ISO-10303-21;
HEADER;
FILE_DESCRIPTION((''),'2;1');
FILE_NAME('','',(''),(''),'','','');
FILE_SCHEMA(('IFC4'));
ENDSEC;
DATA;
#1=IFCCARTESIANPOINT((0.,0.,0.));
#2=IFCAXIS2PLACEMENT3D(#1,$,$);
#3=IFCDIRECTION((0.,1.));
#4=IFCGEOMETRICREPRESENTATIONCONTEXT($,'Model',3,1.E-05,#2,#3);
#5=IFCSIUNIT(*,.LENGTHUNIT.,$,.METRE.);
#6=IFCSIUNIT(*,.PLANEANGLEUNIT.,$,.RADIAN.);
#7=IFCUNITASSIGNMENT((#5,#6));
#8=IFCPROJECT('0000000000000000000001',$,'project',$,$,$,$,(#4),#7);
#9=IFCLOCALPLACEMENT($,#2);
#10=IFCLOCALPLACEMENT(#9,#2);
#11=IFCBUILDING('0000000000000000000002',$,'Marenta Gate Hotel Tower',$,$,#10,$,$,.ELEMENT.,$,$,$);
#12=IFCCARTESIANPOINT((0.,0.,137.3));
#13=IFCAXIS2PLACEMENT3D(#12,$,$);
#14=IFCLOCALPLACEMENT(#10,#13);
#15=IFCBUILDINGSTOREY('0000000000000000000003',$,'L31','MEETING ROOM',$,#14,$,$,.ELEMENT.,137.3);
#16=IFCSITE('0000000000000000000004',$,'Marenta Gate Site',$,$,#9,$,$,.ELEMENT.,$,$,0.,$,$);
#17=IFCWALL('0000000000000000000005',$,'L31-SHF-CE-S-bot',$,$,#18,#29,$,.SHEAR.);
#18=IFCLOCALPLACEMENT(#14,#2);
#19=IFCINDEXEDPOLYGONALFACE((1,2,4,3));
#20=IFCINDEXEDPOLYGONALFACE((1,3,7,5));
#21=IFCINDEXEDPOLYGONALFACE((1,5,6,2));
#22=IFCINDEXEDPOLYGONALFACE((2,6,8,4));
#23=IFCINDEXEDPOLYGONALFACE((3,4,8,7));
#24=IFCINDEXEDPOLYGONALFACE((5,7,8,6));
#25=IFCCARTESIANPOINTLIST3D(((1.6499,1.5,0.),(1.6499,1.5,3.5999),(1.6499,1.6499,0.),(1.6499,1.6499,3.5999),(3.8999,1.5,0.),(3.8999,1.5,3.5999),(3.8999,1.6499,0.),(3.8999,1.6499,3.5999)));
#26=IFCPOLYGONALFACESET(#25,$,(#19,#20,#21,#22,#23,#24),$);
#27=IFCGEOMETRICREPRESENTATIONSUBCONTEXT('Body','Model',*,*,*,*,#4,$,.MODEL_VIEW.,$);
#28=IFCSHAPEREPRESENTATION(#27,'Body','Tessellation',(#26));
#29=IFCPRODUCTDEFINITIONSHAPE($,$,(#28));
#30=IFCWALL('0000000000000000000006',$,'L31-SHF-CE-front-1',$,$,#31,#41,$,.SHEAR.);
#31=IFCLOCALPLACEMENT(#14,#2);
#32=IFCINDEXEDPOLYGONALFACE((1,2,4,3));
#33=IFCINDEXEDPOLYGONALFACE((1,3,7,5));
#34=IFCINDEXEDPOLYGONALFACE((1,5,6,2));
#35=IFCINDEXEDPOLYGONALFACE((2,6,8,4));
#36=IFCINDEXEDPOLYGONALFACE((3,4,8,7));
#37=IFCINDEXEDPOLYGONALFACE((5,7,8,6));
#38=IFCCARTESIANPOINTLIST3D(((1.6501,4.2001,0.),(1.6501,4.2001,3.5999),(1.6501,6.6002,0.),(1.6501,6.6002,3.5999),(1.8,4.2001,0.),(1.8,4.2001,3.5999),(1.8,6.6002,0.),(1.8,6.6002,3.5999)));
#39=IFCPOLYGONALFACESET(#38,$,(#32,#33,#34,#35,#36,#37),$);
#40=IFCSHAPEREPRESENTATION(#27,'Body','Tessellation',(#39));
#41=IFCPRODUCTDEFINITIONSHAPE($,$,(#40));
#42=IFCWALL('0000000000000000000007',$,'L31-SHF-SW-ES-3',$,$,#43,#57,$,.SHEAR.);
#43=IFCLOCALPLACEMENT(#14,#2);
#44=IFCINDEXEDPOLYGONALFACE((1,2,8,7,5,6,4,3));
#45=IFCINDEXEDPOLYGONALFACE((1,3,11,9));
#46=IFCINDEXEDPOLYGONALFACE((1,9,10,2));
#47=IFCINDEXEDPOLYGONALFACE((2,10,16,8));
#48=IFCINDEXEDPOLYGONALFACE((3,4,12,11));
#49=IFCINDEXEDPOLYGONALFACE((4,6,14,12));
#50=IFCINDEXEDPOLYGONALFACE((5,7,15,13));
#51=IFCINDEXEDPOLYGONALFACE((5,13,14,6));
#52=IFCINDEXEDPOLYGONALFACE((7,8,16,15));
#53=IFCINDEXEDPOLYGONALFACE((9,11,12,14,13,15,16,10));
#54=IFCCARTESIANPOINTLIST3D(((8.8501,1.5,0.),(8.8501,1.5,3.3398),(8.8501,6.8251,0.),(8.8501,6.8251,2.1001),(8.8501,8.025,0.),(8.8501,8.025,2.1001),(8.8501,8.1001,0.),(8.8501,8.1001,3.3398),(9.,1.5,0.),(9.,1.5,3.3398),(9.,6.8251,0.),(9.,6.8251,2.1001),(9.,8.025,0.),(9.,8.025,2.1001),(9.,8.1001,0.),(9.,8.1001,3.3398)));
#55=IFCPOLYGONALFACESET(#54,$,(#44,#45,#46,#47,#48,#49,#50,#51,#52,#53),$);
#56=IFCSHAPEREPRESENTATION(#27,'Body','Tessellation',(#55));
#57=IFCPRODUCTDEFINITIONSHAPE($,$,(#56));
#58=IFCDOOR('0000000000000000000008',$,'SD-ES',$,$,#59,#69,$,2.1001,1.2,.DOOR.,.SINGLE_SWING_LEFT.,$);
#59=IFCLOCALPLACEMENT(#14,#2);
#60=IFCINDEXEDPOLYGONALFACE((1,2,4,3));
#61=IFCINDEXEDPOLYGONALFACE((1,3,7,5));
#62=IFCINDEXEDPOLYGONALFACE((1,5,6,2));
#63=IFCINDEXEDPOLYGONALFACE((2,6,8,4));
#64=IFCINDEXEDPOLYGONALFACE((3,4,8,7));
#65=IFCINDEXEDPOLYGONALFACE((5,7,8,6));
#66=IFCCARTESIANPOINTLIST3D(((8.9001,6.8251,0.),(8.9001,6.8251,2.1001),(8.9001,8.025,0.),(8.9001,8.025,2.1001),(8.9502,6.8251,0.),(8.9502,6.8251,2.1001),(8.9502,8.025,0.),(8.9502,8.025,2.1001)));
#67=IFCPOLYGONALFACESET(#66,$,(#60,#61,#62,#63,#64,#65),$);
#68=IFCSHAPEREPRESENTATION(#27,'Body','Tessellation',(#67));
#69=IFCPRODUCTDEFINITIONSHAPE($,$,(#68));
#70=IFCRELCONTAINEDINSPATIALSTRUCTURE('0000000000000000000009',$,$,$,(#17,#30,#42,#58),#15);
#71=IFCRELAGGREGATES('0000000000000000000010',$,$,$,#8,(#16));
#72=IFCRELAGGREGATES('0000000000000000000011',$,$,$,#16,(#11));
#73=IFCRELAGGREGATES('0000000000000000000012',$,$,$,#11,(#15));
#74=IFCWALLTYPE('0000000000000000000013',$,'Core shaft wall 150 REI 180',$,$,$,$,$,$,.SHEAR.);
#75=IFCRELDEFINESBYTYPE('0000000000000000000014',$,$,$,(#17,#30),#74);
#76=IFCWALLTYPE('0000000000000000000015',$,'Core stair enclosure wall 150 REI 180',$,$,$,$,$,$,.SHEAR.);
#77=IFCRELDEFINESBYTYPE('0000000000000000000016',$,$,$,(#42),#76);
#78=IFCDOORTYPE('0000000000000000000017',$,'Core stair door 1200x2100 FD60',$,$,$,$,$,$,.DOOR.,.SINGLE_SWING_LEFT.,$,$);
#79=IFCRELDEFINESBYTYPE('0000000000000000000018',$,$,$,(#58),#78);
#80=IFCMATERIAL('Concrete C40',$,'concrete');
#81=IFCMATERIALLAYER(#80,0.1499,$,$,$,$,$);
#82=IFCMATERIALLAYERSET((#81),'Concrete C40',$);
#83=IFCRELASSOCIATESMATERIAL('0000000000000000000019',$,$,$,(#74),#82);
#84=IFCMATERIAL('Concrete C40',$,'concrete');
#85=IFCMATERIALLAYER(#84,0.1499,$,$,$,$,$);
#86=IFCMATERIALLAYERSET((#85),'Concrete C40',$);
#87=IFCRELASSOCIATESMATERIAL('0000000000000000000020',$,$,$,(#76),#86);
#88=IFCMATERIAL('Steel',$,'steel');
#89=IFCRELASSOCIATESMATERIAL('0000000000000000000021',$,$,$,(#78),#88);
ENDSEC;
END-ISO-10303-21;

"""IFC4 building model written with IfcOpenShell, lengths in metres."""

from ifc_helpers import new_model, si_unit, direction, frame, frame_2d, origin, place, context, subcontext, project, spatial, rectangle, extrude, material, layer, layer_set, type_object, element, fill, save


model = new_model("IFC4")

# Units and contexts
model_context = context("Model", 3, precision=1e-05, world=origin(), true_north=direction((0.0, 1.0)))
body_context = subcontext(model_context, "Body", "Model", "MODEL_VIEW")
ifc_project = project(units=[si_unit("LENGTHUNIT", "METRE"), si_unit("PLANEANGLEUNIT", "RADIAN")], contexts=[model_context])

# Site, building, storey
site_placement = place(None, origin())
site = spatial("IfcSite", under=ifc_project, at=site_placement, Name="Marenta Gate Site", CompositionType="ELEMENT", RefElevation=0.0)
building_placement = place(site_placement, origin())
building = spatial("IfcBuilding", under=site, at=building_placement, Name="Marenta Gate Hotel Tower", CompositionType="ELEMENT")
storey_placement = place(building_placement, frame((0.0, 0.0, 137.3)))
storey = spatial("IfcBuildingStorey", under=building, at=storey_placement, Name="L31", Description="MEETING ROOM", CompositionType="ELEMENT", Elevation=137.3)

# Shared definitions
ifc_material_1 = material(Name="Concrete C40", Category="concrete")
ifc_layer_1 = layer(ifc_material_1, 0.1499)
ifc_layer_set_1 = layer_set([ifc_layer_1], Name="Concrete C40")
wall_type_1 = type_object("IfcWallType", Name="Core shaft wall 150 REI 180", PredefinedType="SHEAR", material=ifc_layer_set_1)

# Walls
wall_1_placement = place(storey_placement, frame((1.6499, 1.575, 0.0), z_axis=(0.0, 0.0, 1.0), x_axis=(1.0, 0.0, 0.0)))
element("IfcWall", 1, at=wall_1_placement, inside=storey, type_object=wall_type_1, Name="L31-SHF-CE-S-bot", PredefinedType="SHEAR", context=body_context, shape_type="SweptSolid", body=[
    extrude(rectangle(XDim=2.25, YDim=0.1499, at=frame_2d((1.125, 0.0))), origin(), (0.0, 0.0, 1.0), 3.5999),
])
wall_2_placement = place(storey_placement, frame((1.7251, 4.2, 0.0), z_axis=(0.0, 0.0, 1.0), x_axis=(0.0, 1.0, 0.0)))
element("IfcWall", 2, at=wall_2_placement, inside=storey, type_object=wall_type_1, Name="L31-SHF-CE-front-1", PredefinedType="SHEAR", context=body_context, shape_type="SweptSolid", body=[
    extrude(rectangle(XDim=2.4001, YDim=0.1499, at=frame_2d((1.2002, 0.0))), origin(), (0.0, 0.0, 1.0), 3.5999),
])

# Wall, opening, door
ifc_material_2 = material(Name="Concrete C40", Category="concrete")
ifc_layer_2 = layer(ifc_material_2, 0.1499)
ifc_layer_set_2 = layer_set([ifc_layer_2], Name="Concrete C40")
wall_type_2 = type_object("IfcWallType", Name="Core stair enclosure wall 150 REI 180", PredefinedType="SHEAR", material=ifc_layer_set_2)
wall_3_placement = place(storey_placement, frame((8.925, 1.5, 0.0), z_axis=(0.0, 0.0, 1.0), x_axis=(0.0, 1.0, 0.0)))
wall_3 = element("IfcWall", 3, at=wall_3_placement, inside=storey, type_object=wall_type_2, Name="L31-SHF-SW-ES-3", PredefinedType="SHEAR", context=body_context, shape_type="SweptSolid", body=[
    extrude(rectangle(XDim=6.6001, YDim=0.1499, at=frame_2d((3.3, 0.0))), origin(), (0.0, 0.0, 1.0), 3.3398),
])
opening_1_placement = place(wall_3_placement, frame((5.325, 0.0, 0.0)))
opening_1 = element("IfcOpeningElement", 4, at=opening_1_placement, cuts=wall_3, PredefinedType="OPENING", context=body_context, shape_type="SweptSolid", body=[
    extrude(rectangle(XDim=1.2, YDim=2.1001, at=frame_2d((0.6001, 1.05))), frame((0.0, 0.075, 0.0), z_axis=(0.0, -1.0, 0.0), x_axis=(1.0, 0.0, 0.0)), (0.0, 0.0, 1.0), 0.1499),
])
ifc_material_3 = material(Name="Steel", Category="steel")
door_type_1 = type_object("IfcDoorType", Name="Core stair door 1200x2100 FD60", OperationType="SINGLE_SWING_LEFT", PredefinedType="DOOR", material=ifc_material_3)
door_1_placement = place(opening_1_placement, origin())
door_1 = element("IfcDoor", 5, at=door_1_placement, inside=storey, type_object=door_type_1, Name="SD-ES", OperationType="SINGLE_SWING_LEFT", OverallHeight=2.1001, OverallWidth=1.2, PredefinedType="DOOR", context=body_context, shape_type="SweptSolid", body=[
    extrude(rectangle(XDim=1.2, YDim=2.1001, at=frame_2d((0.6001, 1.05))), frame((0.0, 0.0249, 0.0), z_axis=(0.0, -1.0, 0.0), x_axis=(1.0, 0.0, 0.0)), (0.0, 0.0, 1.0), 0.05),
])
fill(opening_1, door_1)

save(model, "model.ifc")
